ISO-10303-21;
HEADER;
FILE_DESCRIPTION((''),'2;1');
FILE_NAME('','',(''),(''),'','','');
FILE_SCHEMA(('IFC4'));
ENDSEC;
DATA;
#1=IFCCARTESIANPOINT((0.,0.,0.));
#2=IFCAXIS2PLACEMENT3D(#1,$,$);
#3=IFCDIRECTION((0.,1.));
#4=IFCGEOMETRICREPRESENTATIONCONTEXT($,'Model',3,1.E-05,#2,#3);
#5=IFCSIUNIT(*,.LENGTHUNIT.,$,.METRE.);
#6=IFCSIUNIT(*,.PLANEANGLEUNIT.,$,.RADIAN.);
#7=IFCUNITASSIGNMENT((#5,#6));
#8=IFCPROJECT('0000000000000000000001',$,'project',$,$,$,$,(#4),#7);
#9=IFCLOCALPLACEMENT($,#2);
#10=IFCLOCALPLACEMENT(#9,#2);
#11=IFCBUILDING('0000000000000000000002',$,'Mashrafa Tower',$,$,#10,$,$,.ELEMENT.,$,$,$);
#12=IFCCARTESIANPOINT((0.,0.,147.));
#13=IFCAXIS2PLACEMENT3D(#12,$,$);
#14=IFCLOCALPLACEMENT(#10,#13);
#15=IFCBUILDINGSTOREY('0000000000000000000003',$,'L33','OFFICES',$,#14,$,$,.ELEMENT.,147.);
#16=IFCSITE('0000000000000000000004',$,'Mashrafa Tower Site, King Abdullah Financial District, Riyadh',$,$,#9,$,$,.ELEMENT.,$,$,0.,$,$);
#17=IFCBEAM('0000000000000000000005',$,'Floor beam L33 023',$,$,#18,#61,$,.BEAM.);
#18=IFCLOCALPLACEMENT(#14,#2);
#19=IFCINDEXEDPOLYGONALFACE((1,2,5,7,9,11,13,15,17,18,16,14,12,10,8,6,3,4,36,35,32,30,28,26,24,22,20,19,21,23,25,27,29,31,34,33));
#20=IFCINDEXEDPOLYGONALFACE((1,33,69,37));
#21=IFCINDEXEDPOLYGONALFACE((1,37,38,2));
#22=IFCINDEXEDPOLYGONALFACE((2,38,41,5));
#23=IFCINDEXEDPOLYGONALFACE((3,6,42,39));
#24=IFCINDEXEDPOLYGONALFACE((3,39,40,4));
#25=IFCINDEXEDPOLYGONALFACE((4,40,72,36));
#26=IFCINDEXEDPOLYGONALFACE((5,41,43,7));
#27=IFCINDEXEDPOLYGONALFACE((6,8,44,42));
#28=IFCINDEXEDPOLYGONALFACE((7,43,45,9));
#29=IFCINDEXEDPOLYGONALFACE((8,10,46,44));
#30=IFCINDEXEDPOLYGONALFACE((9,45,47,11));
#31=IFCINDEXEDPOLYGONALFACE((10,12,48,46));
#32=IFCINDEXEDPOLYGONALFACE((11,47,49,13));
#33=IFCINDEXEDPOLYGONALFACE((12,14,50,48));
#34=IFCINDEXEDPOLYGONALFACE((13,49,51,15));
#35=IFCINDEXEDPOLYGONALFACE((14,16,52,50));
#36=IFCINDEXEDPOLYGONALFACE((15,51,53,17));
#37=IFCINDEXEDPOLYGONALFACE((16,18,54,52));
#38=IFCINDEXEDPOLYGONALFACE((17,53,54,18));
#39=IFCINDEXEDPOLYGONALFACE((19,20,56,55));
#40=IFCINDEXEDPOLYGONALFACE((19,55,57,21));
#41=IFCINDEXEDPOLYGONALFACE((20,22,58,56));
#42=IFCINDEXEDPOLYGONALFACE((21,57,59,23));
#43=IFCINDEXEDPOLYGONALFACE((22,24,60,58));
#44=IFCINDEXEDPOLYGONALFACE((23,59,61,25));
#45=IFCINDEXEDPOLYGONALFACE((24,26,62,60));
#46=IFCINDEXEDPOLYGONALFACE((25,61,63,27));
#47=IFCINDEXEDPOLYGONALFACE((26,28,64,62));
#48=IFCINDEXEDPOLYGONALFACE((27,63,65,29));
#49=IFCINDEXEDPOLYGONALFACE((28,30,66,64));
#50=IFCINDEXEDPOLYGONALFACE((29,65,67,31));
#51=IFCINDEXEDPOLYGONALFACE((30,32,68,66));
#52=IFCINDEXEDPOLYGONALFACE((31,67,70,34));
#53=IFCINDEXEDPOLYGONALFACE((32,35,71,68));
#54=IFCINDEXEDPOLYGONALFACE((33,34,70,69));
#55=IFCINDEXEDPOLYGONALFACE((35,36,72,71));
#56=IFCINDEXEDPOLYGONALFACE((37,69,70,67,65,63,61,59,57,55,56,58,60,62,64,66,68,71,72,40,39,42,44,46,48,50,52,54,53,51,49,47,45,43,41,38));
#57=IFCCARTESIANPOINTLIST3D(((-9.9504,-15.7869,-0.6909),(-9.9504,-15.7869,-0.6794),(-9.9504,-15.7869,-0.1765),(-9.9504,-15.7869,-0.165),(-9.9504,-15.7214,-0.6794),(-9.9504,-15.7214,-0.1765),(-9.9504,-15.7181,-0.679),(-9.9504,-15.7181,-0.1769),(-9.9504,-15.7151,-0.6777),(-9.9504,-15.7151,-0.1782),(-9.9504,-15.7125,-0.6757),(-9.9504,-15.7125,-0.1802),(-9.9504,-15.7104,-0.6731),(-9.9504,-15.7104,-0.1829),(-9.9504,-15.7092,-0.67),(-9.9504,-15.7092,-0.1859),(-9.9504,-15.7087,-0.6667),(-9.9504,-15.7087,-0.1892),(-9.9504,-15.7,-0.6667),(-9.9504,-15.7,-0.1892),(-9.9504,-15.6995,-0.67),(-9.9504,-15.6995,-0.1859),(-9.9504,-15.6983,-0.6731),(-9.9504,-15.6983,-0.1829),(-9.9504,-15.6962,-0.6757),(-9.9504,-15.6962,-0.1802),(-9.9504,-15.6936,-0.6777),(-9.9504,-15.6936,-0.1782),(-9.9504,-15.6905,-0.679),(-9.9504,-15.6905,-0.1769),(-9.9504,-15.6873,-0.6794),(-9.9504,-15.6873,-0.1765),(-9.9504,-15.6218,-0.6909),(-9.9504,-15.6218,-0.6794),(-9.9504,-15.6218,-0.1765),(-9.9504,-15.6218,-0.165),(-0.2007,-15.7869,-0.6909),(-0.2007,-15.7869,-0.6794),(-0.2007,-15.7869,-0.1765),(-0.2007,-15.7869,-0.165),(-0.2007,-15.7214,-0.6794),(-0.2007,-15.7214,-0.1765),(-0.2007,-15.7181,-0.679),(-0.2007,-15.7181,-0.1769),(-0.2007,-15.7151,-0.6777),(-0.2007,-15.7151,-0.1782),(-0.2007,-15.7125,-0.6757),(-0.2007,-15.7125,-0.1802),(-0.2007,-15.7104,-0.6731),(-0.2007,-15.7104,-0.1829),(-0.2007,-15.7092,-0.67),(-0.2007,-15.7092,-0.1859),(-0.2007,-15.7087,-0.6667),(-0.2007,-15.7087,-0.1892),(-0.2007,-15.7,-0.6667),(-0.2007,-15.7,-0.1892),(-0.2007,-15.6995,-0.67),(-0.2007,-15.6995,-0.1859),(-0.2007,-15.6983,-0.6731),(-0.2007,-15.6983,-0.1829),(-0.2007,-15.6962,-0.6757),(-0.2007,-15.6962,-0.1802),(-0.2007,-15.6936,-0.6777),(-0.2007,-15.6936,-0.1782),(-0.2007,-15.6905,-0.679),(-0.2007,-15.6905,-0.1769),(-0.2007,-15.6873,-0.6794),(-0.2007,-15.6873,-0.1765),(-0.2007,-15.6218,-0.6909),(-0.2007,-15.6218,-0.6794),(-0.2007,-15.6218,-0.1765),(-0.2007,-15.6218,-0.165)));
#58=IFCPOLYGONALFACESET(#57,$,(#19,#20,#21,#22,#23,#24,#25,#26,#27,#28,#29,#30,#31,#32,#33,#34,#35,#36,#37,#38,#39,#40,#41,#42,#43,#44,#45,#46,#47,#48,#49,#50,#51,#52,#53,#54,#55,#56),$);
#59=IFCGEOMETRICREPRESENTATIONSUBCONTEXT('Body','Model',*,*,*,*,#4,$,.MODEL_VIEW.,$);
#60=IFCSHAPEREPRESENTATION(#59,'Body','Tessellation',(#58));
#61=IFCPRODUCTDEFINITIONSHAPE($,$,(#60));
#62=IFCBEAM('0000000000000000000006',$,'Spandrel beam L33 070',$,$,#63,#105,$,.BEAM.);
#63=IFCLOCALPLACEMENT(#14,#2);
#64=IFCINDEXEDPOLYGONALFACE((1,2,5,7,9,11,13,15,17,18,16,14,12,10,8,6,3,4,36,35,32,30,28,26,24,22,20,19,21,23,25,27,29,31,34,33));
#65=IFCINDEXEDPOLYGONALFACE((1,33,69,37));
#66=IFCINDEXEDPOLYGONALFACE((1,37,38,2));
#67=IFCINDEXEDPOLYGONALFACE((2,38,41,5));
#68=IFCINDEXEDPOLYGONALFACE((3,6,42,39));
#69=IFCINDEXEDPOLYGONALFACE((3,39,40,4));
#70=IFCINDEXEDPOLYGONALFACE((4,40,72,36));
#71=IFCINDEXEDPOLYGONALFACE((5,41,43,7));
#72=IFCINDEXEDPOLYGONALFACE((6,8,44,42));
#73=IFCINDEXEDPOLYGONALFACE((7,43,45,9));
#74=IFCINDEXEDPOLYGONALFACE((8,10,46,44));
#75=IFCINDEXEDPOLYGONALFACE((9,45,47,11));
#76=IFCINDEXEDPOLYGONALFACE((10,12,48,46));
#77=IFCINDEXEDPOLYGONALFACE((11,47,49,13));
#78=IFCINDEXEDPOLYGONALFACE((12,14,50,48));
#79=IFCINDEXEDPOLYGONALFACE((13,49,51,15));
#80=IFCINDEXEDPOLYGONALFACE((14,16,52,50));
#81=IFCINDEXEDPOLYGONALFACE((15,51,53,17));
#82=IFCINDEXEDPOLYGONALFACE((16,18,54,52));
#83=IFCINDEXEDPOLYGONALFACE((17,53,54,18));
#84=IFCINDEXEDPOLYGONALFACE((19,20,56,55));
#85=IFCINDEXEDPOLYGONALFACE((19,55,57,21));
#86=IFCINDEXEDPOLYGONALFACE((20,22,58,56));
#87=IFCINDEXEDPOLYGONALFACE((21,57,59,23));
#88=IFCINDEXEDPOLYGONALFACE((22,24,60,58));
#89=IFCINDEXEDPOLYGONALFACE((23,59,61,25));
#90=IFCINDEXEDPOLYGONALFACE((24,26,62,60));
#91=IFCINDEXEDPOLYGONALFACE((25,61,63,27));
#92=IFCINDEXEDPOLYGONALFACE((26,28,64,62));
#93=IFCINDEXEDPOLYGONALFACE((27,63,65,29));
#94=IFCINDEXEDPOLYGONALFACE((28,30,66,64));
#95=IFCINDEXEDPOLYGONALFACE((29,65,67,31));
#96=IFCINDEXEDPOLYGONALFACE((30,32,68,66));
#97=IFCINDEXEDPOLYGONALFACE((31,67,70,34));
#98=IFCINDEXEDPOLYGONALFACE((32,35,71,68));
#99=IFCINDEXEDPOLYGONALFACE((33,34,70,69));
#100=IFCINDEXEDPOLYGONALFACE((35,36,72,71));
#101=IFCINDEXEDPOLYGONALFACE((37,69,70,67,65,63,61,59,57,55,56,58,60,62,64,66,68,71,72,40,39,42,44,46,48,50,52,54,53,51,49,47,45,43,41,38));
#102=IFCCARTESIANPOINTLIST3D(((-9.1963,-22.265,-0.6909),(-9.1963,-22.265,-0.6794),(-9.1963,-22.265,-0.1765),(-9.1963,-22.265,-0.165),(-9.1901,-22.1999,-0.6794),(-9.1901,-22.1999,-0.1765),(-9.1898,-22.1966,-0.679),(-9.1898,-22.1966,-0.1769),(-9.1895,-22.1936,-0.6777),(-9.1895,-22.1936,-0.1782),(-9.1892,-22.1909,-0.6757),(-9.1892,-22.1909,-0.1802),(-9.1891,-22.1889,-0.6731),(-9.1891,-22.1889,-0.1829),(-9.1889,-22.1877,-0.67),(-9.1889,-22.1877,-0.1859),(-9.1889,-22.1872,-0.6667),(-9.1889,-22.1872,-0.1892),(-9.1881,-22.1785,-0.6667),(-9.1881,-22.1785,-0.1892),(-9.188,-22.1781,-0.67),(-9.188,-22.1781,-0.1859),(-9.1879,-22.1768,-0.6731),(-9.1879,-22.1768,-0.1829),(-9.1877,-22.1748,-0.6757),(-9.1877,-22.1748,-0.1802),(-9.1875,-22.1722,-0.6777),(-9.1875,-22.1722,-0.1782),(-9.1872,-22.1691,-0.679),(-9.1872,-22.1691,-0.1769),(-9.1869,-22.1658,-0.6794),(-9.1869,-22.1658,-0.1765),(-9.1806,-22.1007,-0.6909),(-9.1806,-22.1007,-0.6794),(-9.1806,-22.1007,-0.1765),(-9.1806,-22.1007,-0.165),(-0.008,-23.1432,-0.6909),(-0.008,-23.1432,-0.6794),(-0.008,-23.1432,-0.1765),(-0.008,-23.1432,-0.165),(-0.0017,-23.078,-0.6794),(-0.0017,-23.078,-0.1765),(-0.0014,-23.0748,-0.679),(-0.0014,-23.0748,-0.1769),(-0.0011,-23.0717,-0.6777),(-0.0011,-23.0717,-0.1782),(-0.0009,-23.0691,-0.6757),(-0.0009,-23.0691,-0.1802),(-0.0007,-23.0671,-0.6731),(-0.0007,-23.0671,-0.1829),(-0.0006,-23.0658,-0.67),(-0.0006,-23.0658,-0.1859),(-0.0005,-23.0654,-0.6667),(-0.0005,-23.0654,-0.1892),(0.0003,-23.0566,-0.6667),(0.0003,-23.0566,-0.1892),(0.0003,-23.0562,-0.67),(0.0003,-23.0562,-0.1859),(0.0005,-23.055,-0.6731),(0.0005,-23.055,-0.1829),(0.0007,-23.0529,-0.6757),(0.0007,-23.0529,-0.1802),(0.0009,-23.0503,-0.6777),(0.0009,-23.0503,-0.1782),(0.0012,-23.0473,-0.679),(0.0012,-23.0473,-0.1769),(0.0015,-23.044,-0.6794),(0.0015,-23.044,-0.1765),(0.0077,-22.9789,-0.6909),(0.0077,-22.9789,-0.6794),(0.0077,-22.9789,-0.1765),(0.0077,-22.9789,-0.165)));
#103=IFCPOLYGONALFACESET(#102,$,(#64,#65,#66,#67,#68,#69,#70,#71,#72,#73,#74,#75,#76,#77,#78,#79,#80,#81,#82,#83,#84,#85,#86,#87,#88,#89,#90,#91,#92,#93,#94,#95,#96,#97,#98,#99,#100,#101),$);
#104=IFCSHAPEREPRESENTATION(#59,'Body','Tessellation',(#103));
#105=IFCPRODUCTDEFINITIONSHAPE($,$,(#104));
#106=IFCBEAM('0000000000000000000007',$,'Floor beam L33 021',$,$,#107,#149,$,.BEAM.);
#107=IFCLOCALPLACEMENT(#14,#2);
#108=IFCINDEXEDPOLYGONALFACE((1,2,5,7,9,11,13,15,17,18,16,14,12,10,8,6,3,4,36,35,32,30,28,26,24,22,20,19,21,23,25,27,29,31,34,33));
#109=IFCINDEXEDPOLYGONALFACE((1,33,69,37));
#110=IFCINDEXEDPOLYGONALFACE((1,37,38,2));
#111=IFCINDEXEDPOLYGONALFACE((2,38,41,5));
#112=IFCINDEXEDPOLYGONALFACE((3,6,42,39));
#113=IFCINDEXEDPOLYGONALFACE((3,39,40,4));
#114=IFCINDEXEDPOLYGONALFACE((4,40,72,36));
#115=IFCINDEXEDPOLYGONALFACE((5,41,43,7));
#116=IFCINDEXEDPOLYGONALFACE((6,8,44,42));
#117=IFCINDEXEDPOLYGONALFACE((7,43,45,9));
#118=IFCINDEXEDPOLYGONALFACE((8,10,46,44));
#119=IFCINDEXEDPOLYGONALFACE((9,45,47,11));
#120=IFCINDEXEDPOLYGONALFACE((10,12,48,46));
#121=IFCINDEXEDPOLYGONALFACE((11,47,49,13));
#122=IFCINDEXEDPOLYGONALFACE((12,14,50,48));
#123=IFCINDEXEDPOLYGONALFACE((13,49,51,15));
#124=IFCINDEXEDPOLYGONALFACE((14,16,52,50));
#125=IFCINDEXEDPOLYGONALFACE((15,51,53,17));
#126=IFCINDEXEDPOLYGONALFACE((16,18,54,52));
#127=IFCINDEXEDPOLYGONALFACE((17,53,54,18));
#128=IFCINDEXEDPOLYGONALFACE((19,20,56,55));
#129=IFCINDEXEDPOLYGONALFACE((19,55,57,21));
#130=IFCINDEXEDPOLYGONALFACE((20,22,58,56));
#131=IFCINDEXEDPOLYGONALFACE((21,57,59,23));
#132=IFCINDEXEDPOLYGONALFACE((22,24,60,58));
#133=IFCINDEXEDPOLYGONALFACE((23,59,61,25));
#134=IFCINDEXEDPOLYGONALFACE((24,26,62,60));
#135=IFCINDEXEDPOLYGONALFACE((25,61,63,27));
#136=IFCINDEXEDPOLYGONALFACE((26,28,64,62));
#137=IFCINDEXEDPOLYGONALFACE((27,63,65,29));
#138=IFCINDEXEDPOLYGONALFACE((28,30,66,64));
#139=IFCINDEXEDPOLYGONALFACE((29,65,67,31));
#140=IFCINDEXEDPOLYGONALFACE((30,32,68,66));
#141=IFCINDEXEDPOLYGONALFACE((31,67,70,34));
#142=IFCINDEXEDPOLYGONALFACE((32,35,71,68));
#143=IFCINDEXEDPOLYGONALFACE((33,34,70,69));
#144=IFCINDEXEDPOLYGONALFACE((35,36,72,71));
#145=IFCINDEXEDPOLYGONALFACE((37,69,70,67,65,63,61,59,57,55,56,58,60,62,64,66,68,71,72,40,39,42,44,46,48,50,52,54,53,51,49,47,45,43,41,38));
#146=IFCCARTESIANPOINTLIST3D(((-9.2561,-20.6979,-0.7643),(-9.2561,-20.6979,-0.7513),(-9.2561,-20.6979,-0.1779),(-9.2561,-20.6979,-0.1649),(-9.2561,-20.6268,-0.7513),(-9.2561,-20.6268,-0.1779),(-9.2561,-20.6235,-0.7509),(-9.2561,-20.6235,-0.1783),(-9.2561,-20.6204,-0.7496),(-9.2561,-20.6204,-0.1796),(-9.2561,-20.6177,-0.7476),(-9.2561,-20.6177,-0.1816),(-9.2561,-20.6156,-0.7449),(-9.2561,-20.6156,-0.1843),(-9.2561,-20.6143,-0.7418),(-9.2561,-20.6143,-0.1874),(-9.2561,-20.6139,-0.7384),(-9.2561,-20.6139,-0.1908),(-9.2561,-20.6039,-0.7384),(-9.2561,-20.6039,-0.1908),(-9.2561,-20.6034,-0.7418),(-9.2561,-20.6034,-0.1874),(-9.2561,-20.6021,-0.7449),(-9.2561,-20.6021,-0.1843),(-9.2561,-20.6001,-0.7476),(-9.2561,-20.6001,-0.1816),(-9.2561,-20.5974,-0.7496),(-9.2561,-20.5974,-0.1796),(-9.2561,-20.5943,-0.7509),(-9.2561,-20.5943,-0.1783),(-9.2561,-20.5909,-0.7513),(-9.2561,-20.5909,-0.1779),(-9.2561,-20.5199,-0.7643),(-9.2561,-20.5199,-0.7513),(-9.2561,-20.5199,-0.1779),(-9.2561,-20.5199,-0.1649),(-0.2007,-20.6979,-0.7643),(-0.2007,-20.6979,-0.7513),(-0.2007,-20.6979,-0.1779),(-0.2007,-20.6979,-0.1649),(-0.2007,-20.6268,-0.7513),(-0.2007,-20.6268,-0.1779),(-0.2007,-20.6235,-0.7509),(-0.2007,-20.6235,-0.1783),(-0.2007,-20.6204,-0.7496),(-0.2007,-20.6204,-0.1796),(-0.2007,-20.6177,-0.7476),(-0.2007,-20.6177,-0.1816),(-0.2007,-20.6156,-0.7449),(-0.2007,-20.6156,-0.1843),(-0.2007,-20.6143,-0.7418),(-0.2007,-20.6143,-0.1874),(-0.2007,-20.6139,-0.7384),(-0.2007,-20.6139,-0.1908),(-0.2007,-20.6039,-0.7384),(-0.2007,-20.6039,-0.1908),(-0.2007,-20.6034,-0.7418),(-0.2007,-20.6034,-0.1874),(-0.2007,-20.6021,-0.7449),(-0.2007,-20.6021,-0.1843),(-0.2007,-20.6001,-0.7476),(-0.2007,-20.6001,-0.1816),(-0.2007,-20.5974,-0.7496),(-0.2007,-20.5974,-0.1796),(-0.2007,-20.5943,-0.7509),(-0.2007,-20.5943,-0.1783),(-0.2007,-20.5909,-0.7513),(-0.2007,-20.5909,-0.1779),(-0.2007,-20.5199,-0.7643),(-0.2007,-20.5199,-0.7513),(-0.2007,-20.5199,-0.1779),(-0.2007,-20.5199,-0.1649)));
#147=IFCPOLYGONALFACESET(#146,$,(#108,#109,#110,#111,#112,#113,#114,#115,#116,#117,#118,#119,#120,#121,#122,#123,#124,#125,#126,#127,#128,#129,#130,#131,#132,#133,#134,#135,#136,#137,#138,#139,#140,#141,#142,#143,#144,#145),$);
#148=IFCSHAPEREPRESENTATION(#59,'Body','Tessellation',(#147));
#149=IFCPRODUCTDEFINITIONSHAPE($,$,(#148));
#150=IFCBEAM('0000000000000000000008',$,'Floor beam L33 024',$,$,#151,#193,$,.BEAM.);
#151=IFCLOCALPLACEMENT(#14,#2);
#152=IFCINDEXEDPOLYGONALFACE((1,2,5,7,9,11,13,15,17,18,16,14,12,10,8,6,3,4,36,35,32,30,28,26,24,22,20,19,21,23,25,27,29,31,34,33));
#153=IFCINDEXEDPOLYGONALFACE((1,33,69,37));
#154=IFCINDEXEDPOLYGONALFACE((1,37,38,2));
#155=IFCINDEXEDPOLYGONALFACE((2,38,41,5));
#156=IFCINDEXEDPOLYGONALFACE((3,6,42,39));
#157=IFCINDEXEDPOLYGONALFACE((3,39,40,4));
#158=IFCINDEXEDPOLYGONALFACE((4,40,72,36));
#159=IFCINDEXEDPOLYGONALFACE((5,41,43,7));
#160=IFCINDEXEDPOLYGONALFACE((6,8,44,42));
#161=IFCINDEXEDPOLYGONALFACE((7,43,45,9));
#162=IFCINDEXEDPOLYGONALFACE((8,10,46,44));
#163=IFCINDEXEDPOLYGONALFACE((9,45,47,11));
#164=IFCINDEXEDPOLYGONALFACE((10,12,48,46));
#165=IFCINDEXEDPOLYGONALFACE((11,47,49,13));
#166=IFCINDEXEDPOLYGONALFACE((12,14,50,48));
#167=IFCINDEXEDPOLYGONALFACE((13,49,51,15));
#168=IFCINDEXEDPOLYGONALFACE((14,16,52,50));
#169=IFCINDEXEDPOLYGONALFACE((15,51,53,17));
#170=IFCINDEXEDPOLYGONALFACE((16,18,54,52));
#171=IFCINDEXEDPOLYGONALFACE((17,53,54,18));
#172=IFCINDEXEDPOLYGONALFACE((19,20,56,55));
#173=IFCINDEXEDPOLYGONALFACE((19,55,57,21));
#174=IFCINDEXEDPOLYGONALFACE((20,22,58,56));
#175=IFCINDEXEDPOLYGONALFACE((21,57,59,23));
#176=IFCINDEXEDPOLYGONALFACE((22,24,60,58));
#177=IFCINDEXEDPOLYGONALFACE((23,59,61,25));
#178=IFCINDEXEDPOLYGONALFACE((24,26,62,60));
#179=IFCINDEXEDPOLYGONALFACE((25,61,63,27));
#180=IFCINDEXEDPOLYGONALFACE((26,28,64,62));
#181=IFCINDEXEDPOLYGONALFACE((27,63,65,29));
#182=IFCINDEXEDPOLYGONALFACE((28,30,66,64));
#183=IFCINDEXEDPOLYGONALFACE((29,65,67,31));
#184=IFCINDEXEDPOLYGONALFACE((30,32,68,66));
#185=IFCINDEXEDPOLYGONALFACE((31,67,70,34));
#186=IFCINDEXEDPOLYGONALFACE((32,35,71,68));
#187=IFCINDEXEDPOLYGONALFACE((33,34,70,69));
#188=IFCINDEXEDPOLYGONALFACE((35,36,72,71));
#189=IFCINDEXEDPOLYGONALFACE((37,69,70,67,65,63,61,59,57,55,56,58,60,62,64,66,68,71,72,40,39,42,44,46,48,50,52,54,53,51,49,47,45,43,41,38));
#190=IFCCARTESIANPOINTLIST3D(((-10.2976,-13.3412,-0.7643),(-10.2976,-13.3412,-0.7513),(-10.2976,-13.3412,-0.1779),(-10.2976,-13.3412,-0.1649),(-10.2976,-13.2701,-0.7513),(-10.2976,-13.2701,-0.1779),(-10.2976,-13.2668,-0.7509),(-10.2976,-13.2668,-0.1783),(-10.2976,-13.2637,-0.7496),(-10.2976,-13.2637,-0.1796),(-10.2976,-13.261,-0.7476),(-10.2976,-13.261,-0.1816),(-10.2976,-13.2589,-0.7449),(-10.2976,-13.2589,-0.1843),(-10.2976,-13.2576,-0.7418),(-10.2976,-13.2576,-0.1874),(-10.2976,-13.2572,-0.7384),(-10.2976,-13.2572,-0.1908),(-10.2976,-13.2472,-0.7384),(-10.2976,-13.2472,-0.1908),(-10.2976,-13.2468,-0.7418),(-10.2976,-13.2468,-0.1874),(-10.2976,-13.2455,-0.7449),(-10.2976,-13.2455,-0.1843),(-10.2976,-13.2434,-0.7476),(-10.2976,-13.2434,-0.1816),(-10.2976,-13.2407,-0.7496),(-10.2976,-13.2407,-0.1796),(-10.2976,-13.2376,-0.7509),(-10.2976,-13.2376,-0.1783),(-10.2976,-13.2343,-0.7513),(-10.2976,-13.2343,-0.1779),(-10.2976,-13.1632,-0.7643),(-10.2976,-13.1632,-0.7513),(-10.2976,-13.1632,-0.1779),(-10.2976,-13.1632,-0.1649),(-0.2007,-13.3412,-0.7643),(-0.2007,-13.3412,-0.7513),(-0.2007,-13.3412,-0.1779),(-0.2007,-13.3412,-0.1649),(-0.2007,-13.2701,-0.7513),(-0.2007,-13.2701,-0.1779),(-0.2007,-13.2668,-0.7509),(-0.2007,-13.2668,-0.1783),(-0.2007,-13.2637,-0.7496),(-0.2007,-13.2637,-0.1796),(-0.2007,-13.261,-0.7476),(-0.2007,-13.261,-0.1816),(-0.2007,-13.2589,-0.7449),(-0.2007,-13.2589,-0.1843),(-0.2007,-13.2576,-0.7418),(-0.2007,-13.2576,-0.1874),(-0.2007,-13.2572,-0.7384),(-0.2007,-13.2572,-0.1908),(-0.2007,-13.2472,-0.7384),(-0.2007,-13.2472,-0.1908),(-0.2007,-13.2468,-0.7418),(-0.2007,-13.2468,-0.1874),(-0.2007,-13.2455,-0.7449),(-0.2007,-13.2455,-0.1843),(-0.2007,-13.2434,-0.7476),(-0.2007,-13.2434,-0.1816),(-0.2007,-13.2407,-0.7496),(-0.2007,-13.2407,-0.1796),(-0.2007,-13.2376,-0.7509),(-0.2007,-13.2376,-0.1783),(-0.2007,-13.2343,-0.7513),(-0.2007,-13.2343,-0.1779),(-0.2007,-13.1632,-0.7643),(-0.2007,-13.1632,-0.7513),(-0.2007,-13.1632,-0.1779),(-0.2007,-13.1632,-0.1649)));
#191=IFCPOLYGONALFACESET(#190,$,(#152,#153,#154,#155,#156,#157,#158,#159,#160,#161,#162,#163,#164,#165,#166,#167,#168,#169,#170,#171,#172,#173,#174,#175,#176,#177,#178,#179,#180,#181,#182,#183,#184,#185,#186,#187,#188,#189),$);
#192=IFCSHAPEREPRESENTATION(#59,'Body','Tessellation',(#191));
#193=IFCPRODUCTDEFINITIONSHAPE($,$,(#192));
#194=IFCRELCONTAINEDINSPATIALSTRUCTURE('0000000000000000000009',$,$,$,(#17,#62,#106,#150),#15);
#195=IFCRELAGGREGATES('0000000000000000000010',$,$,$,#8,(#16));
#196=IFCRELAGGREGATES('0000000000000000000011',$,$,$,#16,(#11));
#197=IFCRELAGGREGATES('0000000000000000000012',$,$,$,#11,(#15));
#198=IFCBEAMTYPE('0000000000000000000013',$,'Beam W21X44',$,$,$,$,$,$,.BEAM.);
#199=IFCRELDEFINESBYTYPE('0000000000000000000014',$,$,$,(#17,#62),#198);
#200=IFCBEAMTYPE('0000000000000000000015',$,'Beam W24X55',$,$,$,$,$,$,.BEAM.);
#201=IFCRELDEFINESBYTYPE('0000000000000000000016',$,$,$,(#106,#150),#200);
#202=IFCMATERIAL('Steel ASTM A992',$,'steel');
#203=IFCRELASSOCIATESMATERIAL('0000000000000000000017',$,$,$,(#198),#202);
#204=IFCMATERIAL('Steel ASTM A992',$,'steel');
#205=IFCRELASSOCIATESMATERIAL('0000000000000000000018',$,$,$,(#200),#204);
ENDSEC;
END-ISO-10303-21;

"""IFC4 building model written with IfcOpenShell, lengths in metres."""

from ifc_helpers import new_model, si_unit, direction, frame, origin, origin_2d, place, context, subcontext, project, spatial, i_section, extrude, material, material_profile, profile_set, type_object, element, save


model = new_model("IFC4")

# Units and contexts
model_context = context("Model", 3, precision=1e-05, world=origin(), true_north=direction((0.0, 1.0)))
body_context = subcontext(model_context, "Body", "Model", "MODEL_VIEW")
ifc_project = project(units=[si_unit("LENGTHUNIT", "METRE"), si_unit("PLANEANGLEUNIT", "RADIAN")], contexts=[model_context])

# Site, building, storey
site_placement = place(None, origin())
site = spatial("IfcSite", under=ifc_project, at=site_placement, Name="Mashrafa Tower Site, King Abdullah Financial District, Riyadh", CompositionType="ELEMENT", RefElevation=0.0)
building_placement = place(site_placement, origin())
building = spatial("IfcBuilding", under=site, at=building_placement, Name="Mashrafa Tower", CompositionType="ELEMENT")
storey_placement = place(building_placement, frame((0.0, 0.0, 147.0)))
storey = spatial("IfcBuildingStorey", under=building, at=storey_placement, Name="L33", Description="OFFICES", CompositionType="ELEMENT", Elevation=147.0)

# Beams
ifc_material_1 = material(Name="Steel ASTM A992", Category="steel")
ifc_material_profile_1 = material_profile(ifc_material_1, i_section(OverallWidth=0.165, OverallDepth=0.5259, WebThickness=0.0088, FlangeThickness=0.0115, FilletRadius=0.0127, at=origin_2d()), Name="W21X44")
ifc_profile_set_1 = profile_set([ifc_material_profile_1], Name="Steel ASTM A992")
beam_type_1 = type_object("IfcBeamType", Name="Beam W21X44", PredefinedType="BEAM", material=ifc_profile_set_1)
beam_1_placement = place(storey_placement, frame((-0.2007, -15.7043, -0.428), z_axis=(-1.0, 0.0, 0.0), x_axis=(0.0, -1.0, 0.0)))
element("IfcBeam", 1, at=beam_1_placement, inside=storey, type_object=beam_type_1, Name="Floor beam L33 023", PredefinedType="BEAM", context=body_context, shape_type="SweptSolid", body=[
    extrude(i_section(OverallWidth=0.165, OverallDepth=0.5259, WebThickness=0.0088, FlangeThickness=0.0115, FilletRadius=0.0127, at=origin_2d()), origin(), (0.0, 0.0, 1.0), 9.7498),
])
beam_2_placement = place(storey_placement, frame((-9.1885, -22.1829, -0.428), z_axis=(0.995464, -0.09514, 0.0), x_axis=(0.09514, 0.995464, 0.0)))
element("IfcBeam", 2, at=beam_2_placement, inside=storey, type_object=beam_type_1, Name="Spandrel beam L33 070", PredefinedType="BEAM", context=body_context, shape_type="SweptSolid", body=[
    extrude(i_section(OverallWidth=0.165, OverallDepth=0.5259, WebThickness=0.0088, FlangeThickness=0.0115, FilletRadius=0.0127, at=origin_2d()), origin(), (0.0, 0.0, 1.0), 9.2302),
])
ifc_material_2 = material(Name="Steel ASTM A992", Category="steel")
ifc_material_profile_2 = material_profile(ifc_material_2, i_section(OverallWidth=0.178, OverallDepth=0.5994, WebThickness=0.01, FlangeThickness=0.0129, FilletRadius=0.0129, at=origin_2d()), Name="W24X55")
ifc_profile_set_2 = profile_set([ifc_material_profile_2], Name="Steel ASTM A992")
beam_type_2 = type_object("IfcBeamType", Name="Beam W24X55", PredefinedType="BEAM", material=ifc_profile_set_2)
beam_3_placement = place(storey_placement, frame((-0.2007, -20.6089, -0.4646), z_axis=(-1.0, 0.0, 0.0), x_axis=(0.0, -1.0, 0.0)))
element("IfcBeam", 3, at=beam_3_placement, inside=storey, type_object=beam_type_2, Name="Floor beam L33 021", PredefinedType="BEAM", context=body_context, shape_type="SweptSolid", body=[
    extrude(i_section(OverallWidth=0.178, OverallDepth=0.5994, WebThickness=0.01, FlangeThickness=0.0129, FilletRadius=0.0129, at=origin_2d()), origin(), (0.0, 0.0, 1.0), 9.0554),
])
beam_4_placement = place(storey_placement, frame((-0.2007, -13.2522, -0.4646), z_axis=(-1.0, 0.0, 0.0), x_axis=(0.0, -1.0, 0.0)))
element("IfcBeam", 4, at=beam_4_placement, inside=storey, type_object=beam_type_2, Name="Floor beam L33 024", PredefinedType="BEAM", context=body_context, shape_type="SweptSolid", body=[
    extrude(i_section(OverallWidth=0.178, OverallDepth=0.5994, WebThickness=0.01, FlangeThickness=0.0129, FilletRadius=0.0129, at=origin_2d()), origin(), (0.0, 0.0, 1.0), 10.0969),
])

save(model, "model.ifc")
